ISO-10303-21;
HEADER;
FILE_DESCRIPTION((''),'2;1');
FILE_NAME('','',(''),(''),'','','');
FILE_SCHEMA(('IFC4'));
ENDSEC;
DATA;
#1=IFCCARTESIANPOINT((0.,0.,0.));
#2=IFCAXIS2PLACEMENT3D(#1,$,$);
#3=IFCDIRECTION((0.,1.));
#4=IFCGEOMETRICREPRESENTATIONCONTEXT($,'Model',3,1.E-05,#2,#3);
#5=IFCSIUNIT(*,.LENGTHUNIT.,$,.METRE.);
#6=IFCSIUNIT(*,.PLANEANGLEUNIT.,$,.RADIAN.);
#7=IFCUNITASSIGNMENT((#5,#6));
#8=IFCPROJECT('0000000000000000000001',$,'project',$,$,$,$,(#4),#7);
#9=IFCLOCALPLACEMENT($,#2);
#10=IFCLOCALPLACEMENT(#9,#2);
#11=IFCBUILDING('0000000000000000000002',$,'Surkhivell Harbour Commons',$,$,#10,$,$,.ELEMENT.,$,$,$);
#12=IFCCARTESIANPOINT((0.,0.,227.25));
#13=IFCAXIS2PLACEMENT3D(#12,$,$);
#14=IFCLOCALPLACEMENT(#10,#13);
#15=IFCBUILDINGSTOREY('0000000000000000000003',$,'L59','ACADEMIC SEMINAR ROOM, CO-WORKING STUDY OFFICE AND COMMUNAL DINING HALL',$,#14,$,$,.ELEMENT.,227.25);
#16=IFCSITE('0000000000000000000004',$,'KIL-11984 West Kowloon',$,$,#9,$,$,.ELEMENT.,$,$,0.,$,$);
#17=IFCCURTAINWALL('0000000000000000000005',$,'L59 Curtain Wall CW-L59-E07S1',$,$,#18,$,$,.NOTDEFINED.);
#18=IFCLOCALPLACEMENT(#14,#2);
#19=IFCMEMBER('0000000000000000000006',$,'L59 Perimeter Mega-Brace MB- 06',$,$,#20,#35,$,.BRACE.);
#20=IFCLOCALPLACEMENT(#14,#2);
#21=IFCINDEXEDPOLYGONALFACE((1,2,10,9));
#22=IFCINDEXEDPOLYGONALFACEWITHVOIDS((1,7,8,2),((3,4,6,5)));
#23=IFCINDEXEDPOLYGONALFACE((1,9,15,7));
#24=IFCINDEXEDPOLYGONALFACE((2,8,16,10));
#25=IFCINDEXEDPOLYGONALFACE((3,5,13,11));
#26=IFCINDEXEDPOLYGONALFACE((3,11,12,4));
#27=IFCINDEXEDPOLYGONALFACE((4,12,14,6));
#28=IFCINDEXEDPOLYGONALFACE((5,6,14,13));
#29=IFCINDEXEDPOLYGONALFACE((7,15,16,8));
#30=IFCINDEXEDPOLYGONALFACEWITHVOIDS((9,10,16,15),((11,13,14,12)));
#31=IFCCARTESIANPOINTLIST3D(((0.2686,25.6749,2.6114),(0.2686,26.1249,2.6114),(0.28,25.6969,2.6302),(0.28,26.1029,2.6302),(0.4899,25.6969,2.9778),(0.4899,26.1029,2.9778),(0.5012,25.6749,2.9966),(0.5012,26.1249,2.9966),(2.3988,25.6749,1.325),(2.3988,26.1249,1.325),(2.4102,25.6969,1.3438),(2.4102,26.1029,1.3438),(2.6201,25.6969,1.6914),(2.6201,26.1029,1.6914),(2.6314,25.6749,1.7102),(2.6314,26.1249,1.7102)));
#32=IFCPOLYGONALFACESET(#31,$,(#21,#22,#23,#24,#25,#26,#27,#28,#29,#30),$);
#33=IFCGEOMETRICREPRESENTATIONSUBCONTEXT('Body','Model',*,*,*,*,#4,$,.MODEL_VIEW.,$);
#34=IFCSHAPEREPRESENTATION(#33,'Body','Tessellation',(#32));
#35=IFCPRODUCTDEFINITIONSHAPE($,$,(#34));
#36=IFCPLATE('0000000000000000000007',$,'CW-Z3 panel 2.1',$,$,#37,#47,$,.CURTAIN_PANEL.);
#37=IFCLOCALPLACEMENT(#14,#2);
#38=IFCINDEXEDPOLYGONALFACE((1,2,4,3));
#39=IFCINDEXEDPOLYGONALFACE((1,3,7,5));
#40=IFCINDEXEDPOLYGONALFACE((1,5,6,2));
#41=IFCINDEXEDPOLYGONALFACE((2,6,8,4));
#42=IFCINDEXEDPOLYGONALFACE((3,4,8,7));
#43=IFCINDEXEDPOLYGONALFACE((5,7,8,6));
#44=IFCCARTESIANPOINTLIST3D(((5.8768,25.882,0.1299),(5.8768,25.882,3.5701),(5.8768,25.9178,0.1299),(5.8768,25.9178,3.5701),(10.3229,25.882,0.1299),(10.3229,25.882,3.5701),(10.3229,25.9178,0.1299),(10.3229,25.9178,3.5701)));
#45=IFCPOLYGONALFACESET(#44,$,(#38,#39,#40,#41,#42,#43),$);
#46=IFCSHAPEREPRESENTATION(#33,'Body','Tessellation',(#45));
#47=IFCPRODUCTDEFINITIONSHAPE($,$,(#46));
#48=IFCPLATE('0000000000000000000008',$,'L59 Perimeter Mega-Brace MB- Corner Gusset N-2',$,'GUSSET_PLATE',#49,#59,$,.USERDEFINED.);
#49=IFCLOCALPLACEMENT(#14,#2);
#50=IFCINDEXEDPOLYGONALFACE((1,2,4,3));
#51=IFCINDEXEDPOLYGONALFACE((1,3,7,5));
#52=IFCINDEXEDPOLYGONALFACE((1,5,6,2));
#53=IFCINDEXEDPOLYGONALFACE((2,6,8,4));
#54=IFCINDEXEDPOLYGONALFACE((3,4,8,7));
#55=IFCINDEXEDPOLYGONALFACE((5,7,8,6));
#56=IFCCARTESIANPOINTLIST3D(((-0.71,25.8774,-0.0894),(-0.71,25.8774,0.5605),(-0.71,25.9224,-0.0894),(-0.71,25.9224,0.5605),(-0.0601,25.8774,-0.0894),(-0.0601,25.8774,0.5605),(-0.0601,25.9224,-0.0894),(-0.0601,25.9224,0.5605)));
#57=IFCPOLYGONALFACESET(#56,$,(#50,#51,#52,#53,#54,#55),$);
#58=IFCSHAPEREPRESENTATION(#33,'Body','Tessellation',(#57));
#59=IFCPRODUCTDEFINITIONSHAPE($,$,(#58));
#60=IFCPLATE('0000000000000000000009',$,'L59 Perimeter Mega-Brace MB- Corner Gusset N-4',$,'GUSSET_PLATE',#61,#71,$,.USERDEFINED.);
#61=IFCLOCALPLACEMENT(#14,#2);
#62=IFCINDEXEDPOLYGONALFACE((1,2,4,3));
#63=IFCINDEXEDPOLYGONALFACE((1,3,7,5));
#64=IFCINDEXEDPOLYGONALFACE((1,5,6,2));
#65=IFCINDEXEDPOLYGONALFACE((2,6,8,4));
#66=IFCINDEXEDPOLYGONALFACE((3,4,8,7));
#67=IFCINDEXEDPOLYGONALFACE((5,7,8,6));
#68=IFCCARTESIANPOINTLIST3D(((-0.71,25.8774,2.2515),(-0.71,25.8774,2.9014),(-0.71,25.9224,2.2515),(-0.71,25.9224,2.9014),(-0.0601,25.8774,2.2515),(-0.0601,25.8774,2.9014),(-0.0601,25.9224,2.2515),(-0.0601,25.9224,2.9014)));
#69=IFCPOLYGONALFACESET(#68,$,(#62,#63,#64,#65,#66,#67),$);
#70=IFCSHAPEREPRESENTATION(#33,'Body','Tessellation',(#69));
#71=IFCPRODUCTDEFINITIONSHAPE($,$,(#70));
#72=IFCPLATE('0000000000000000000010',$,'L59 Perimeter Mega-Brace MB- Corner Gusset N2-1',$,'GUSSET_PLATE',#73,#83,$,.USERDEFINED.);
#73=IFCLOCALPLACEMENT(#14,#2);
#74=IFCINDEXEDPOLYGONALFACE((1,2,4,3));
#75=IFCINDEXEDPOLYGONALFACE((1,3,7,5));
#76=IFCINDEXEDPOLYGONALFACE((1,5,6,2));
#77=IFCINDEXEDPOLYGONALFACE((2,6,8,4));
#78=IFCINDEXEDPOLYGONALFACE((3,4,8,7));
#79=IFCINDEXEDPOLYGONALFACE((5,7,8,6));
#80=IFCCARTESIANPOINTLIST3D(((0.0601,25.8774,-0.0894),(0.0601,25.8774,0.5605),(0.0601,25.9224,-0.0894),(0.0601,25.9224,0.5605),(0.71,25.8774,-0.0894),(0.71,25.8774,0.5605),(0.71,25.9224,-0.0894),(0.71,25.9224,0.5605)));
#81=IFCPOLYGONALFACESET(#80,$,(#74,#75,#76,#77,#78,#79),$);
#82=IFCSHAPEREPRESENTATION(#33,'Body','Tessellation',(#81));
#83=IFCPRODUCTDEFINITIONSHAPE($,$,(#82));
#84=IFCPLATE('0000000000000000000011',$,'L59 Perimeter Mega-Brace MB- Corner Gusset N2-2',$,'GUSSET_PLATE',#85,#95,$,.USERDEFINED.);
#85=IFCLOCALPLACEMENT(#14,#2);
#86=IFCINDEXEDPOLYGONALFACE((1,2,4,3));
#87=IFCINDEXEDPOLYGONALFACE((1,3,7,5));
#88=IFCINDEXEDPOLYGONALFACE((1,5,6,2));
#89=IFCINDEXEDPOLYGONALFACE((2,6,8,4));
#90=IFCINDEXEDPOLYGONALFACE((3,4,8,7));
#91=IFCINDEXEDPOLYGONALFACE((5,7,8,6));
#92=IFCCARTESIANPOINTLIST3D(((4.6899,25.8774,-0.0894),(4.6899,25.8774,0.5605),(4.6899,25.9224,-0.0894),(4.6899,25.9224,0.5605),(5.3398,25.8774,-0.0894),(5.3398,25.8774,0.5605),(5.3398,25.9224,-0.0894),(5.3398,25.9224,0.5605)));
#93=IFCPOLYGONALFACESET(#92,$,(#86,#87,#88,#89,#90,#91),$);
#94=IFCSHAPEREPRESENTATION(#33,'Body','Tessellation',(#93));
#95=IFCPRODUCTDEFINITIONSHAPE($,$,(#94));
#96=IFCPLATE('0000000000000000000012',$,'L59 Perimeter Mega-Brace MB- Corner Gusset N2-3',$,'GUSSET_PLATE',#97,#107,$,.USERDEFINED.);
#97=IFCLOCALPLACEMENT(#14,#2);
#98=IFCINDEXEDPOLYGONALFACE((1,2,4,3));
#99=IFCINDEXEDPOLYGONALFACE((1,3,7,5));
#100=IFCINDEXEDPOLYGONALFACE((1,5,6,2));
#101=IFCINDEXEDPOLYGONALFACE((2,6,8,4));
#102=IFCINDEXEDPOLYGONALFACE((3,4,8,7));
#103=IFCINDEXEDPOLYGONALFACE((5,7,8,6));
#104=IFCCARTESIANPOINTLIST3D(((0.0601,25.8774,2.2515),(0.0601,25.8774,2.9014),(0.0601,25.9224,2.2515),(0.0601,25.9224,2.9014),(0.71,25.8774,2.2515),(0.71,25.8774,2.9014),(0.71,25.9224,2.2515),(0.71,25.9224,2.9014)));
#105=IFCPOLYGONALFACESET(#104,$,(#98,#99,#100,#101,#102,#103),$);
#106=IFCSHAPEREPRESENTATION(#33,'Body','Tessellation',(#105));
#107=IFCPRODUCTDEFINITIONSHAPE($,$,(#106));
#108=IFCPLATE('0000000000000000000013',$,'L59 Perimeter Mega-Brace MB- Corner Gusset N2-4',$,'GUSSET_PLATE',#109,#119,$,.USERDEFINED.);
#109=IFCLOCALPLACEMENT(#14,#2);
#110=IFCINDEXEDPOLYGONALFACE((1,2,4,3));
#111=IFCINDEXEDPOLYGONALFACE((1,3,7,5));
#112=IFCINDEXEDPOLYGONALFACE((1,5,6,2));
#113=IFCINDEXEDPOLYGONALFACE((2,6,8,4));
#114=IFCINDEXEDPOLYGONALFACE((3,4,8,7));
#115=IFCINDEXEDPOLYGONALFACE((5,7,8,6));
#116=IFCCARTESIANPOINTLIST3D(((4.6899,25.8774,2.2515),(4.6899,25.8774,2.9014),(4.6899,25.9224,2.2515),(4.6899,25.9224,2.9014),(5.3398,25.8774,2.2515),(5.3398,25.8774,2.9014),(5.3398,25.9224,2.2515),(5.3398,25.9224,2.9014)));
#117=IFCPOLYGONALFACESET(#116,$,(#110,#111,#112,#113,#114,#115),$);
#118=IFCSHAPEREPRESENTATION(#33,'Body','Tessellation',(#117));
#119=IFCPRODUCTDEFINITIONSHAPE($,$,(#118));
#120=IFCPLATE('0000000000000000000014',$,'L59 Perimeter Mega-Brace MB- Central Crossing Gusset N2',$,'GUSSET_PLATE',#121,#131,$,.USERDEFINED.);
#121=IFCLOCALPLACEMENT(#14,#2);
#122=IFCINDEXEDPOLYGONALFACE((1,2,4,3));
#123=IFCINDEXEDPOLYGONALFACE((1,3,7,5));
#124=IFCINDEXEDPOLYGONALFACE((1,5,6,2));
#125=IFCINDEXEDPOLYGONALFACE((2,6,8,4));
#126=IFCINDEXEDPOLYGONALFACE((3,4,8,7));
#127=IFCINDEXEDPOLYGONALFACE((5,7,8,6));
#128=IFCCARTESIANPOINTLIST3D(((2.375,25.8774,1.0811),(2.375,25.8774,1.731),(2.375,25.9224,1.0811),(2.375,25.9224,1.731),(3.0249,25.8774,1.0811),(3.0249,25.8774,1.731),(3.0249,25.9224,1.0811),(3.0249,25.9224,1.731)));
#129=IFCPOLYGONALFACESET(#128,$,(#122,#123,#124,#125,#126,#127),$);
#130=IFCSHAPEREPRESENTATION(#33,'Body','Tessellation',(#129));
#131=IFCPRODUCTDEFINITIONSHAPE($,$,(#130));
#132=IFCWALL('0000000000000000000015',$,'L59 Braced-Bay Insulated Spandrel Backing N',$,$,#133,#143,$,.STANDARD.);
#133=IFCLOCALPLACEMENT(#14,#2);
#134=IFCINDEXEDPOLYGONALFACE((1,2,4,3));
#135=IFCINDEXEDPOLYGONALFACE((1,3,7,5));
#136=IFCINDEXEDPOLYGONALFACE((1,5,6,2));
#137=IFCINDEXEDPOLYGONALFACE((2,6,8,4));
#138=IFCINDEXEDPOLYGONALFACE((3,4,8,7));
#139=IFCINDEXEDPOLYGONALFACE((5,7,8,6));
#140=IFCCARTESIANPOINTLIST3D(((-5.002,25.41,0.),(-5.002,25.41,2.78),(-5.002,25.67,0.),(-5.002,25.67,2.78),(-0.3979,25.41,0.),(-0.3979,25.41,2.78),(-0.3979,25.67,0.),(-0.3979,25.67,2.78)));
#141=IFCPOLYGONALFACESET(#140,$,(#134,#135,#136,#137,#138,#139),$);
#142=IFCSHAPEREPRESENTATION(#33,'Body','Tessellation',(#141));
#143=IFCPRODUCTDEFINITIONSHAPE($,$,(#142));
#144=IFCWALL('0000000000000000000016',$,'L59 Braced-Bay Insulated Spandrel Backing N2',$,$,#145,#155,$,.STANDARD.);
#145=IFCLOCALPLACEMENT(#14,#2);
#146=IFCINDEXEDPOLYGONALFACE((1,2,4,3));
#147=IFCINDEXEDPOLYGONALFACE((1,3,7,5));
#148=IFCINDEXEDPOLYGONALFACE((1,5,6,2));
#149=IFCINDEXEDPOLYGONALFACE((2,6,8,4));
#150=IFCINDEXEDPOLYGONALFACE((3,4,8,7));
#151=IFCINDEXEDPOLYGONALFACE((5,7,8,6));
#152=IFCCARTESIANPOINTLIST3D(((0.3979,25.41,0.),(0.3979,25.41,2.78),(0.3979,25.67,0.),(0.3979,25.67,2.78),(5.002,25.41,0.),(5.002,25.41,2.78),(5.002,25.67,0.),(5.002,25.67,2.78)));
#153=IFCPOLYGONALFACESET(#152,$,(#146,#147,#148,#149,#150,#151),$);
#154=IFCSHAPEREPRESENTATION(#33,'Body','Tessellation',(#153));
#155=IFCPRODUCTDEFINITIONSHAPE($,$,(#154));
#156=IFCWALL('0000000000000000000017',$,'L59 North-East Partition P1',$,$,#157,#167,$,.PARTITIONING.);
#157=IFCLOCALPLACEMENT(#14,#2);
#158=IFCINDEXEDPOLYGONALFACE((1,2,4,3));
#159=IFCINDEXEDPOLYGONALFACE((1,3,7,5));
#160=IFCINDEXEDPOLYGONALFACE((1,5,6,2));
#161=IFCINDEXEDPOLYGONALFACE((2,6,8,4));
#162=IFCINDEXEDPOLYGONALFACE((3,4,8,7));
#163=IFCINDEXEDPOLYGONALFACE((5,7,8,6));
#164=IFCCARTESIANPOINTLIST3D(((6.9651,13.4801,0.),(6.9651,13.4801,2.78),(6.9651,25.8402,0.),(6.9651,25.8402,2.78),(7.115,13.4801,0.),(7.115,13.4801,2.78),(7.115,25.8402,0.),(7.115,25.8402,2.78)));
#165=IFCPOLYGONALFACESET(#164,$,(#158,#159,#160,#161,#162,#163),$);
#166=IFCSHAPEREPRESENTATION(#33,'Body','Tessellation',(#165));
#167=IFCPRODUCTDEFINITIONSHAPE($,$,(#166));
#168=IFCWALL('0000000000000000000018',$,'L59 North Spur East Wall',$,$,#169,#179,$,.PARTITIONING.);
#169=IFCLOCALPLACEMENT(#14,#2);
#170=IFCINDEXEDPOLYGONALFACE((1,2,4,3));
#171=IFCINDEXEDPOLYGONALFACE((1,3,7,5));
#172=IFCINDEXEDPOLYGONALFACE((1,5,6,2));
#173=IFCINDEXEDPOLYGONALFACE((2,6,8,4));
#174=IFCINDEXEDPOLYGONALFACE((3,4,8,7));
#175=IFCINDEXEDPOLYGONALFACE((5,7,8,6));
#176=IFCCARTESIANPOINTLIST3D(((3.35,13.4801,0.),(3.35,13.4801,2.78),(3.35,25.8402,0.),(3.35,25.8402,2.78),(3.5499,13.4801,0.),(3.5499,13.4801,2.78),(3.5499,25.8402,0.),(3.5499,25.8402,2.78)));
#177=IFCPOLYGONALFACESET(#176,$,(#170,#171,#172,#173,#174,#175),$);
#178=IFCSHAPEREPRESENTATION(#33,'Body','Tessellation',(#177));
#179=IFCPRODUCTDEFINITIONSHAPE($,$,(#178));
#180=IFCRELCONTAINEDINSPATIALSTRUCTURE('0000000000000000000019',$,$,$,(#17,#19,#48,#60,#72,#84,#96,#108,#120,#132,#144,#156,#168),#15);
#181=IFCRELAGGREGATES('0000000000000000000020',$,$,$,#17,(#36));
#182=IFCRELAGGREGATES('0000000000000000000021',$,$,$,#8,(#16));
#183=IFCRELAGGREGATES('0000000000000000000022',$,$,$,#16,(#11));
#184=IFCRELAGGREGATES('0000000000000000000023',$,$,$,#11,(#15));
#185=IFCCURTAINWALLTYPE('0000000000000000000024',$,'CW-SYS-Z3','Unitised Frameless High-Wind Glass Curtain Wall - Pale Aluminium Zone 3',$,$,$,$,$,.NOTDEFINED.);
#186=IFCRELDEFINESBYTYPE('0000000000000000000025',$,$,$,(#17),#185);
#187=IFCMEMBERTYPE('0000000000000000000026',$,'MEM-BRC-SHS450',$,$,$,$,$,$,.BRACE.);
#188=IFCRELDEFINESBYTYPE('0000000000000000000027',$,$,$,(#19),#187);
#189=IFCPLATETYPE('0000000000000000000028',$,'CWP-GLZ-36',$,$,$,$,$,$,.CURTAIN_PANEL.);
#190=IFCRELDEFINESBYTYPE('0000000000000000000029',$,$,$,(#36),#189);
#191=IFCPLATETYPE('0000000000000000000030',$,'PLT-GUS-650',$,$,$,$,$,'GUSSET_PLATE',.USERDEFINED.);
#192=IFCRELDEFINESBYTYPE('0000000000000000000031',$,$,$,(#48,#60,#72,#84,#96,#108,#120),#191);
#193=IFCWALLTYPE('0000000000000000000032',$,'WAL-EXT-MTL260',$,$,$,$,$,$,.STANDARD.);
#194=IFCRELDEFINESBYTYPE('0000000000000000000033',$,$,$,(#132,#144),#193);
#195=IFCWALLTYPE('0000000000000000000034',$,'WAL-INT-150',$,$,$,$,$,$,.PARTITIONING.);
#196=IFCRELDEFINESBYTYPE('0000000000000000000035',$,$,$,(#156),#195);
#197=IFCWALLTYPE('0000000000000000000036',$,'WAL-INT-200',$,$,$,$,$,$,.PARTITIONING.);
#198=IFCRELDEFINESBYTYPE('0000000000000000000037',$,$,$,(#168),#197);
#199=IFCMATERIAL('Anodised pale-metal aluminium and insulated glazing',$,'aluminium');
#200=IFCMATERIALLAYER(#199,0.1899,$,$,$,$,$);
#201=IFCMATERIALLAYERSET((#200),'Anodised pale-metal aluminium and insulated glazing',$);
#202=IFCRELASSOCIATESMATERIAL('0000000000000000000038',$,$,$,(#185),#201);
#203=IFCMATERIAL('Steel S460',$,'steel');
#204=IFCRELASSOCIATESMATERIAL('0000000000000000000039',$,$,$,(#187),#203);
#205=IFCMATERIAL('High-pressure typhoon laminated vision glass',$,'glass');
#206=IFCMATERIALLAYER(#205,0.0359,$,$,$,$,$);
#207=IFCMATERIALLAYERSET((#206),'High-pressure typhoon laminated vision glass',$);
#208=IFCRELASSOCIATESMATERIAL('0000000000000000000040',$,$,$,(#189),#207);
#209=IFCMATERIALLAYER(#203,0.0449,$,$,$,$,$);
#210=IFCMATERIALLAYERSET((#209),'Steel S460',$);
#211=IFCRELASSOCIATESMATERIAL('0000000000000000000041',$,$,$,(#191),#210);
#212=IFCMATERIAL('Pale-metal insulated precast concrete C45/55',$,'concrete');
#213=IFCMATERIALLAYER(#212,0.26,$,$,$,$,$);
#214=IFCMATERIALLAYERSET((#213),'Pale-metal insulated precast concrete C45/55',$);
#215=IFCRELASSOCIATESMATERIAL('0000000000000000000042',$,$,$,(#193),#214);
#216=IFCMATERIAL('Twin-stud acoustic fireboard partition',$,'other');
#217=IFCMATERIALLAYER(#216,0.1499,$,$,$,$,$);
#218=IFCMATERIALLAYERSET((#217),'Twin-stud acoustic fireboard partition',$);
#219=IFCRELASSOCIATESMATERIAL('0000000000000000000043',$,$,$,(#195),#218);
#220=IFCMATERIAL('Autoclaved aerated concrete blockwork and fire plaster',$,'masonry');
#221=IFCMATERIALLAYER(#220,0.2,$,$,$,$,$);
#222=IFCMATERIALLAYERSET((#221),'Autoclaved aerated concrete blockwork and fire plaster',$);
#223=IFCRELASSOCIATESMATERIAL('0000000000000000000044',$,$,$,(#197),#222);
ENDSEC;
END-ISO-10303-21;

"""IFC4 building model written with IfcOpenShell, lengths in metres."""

from ifc_helpers import new_model, si_unit, direction, frame, frame_2d, origin, origin_2d, place, context, subcontext, project, spatial, rectangle, hollow_rectangle, extrude, material, layer, layer_set, material_profile, profile_set, type_object, element, aggregate, save


model = new_model("IFC4")

# Units and contexts
model_context = context("Model", 3, precision=1e-05, world=origin(), true_north=direction((0.0, 1.0)))
body_context = subcontext(model_context, "Body", "Model", "MODEL_VIEW")
ifc_project = project(units=[si_unit("LENGTHUNIT", "METRE"), si_unit("PLANEANGLEUNIT", "RADIAN")], contexts=[model_context])

# Site, building, storey
site_placement = place(None, origin())
site = spatial("IfcSite", under=ifc_project, at=site_placement, Name="KIL-11984 West Kowloon", CompositionType="ELEMENT", RefElevation=0.0)
building_placement = place(site_placement, origin())
building = spatial("IfcBuilding", under=site, at=building_placement, Name="Surkhivell Harbour Commons", CompositionType="ELEMENT")
storey_placement = place(building_placement, frame((0.0, 0.0, 227.25)))
storey = spatial("IfcBuildingStorey", under=building, at=storey_placement, Name="L59", Description="ACADEMIC SEMINAR ROOM, CO-WORKING STUDY OFFICE AND COMMUNAL DINING HALL", CompositionType="ELEMENT", Elevation=227.25)

# Curtain wall
ifc_material_1 = material(Name="Anodised pale-metal aluminium and insulated glazing", Category="aluminium")
ifc_layer_1 = layer(ifc_material_1, 0.1899)
ifc_layer_set_1 = layer_set([ifc_layer_1], Name="Anodised pale-metal aluminium and insulated glazing")
curtain_wall_type = type_object("IfcCurtainWallType", Name="CW-SYS-Z3", Description="Unitised Frameless High-Wind Glass Curtain Wall - Pale Aluminium Zone 3", PredefinedType="NOTDEFINED", material=ifc_layer_set_1)
curtain_wall_placement = place(storey_placement, origin())
curtain_wall = element("IfcCurtainWall", 1, at=curtain_wall_placement, inside=storey, type_object=curtain_wall_type, Name="L59 Curtain Wall CW-L59-E07S1", PredefinedType="NOTDEFINED")

# Member
ifc_material_2 = material(Name="Steel S460", Category="steel")
ifc_material_profile_1 = material_profile(ifc_material_2, hollow_rectangle(XDim=0.45, YDim=0.45, WallThickness=0.022, at=origin_2d()), Name="SHS450x450x22")
ifc_profile_set_1 = profile_set([ifc_material_profile_1], Name="Steel S460")
member_type_1 = type_object("IfcMemberType", Name="MEM-BRC-SHS450", PredefinedType="BRACE", material=ifc_profile_set_1)
member_1_placement = place(storey_placement, frame((2.5151, 25.8999, 1.5176), z_axis=(-0.856018, 0.0, 0.516946), x_axis=(0.0, -1.0, 0.0)))
element("IfcMember", 2, at=member_1_placement, inside=storey, type_object=member_type_1, Name="L59 Perimeter Mega-Brace MB- 06", PredefinedType="BRACE", context=body_context, shape_type="SweptSolid", body=[
    extrude(hollow_rectangle(XDim=0.45, YDim=0.45, WallThickness=0.022, at=origin_2d()), origin(), (0.0, 0.0, 1.0), 2.4885),
])

# Plate
ifc_material_3 = material(Name="High-pressure typhoon laminated vision glass", Category="glass")
ifc_layer_2 = layer(ifc_material_3, 0.0359)
ifc_layer_set_2 = layer_set([ifc_layer_2], Name="High-pressure typhoon laminated vision glass")
plate_type_1 = type_object("IfcPlateType", Name="CWP-GLZ-36", PredefinedType="CURTAIN_PANEL", material=ifc_layer_set_2)
plate_placement = place(storey_placement, frame((10.323, 25.8999, 0.1299), z_axis=(0.0, 0.0, 1.0), x_axis=(-1.0, 0.0, 0.0)))
plate = element("IfcPlate", 3, at=plate_placement, type_object=plate_type_1, Name="CW-Z3 panel 2.1", PredefinedType="CURTAIN_PANEL", context=body_context, shape_type="SweptSolid", body=[
    extrude(rectangle(XDim=4.446, YDim=0.0359, at=frame_2d((2.2231, 0.0))), origin(), (0.0, 0.0, 1.0), 3.4402),
])
aggregate(curtain_wall, [plate])

# Plates
ifc_layer_3 = layer(ifc_material_2, 0.0449)
ifc_layer_set_3 = layer_set([ifc_layer_3], Name="Steel S460")
plate_type_2 = type_object("IfcPlateType", Name="PLT-GUS-650", ElementType="GUSSET_PLATE", PredefinedType="USERDEFINED", material=ifc_layer_set_3)
for number, where, z_axis, x_axis, name in (
    (4, (-0.385, 25.8999, -0.0894), (0.0, 0.0, 1.0), (1.0, 0.0, 0.0), "L59 Perimeter Mega-Brace MB- Corner Gusset N-2"),
    (5, (-0.385, 25.8999, 2.2515), (0.0, 0.0, 1.0), (1.0, 0.0, 0.0), "L59 Perimeter Mega-Brace MB- Corner Gusset N-4"),
    (6, (0.385, 25.8999, -0.0894), (0.0, 0.0, 1.0), (1.0, 0.0, 0.0), "L59 Perimeter Mega-Brace MB- Corner Gusset N2-1"),
    (7, (5.0149, 25.8999, -0.0894), (0.0, 0.0, 1.0), (1.0, 0.0, 0.0), "L59 Perimeter Mega-Brace MB- Corner Gusset N2-2"),
    (8, (0.385, 25.8999, 2.2515), (0.0, 0.0, 1.0), (1.0, 0.0, 0.0), "L59 Perimeter Mega-Brace MB- Corner Gusset N2-3"),
    (9, (5.0149, 25.8999, 2.2515), (0.0, 0.0, 1.0), (1.0, 0.0, 0.0), "L59 Perimeter Mega-Brace MB- Corner Gusset N2-4"),
    (10, (2.7, 25.8999, 1.0811), (0.0, 0.0, 1.0), (1.0, 0.0, 0.0), "L59 Perimeter Mega-Brace MB- Central Crossing Gusset N2"),
):
    element("IfcPlate", number, at=place(storey_placement, frame(where, z_axis=z_axis, x_axis=x_axis)), inside=storey, type_object=plate_type_2, Name=name, ObjectType="GUSSET_PLATE", PredefinedType="USERDEFINED", context=body_context, shape_type="SweptSolid", body=[
        extrude(rectangle(XDim=0.6499, YDim=0.0449, at=origin_2d()), origin(), (0.0, 0.0, 1.0), 0.6499),
    ])

# Walls
ifc_material_4 = material(Name="Pale-metal insulated precast concrete C45/55", Category="concrete")
ifc_layer_4 = layer(ifc_material_4, 0.26)
ifc_layer_set_4 = layer_set([ifc_layer_4], Name="Pale-metal insulated precast concrete C45/55")
wall_type_1 = type_object("IfcWallType", Name="WAL-EXT-MTL260", PredefinedType="STANDARD", material=ifc_layer_set_4)
for number, where, z_axis, x_axis, name in (
    (11, (-0.3979, 25.54, 0.0), (0.0, 0.0, 1.0), (-1.0, 0.0, 0.0), "L59 Braced-Bay Insulated Spandrel Backing N"),
    (12, (5.002, 25.54, 0.0), (0.0, 0.0, 1.0), (-1.0, 0.0, 0.0), "L59 Braced-Bay Insulated Spandrel Backing N2"),
):
    element("IfcWall", number, at=place(storey_placement, frame(where, z_axis=z_axis, x_axis=x_axis)), inside=storey, type_object=wall_type_1, Name=name, PredefinedType="STANDARD", context=body_context, shape_type="SweptSolid", body=[
        extrude(rectangle(XDim=4.604, YDim=0.26, at=frame_2d((2.302, 0.0))), origin(), (0.0, 0.0, 1.0), 2.78),
    ])
ifc_material_5 = material(Name="Twin-stud acoustic fireboard partition", Category="other")
ifc_layer_5 = layer(ifc_material_5, 0.1499)
ifc_layer_set_5 = layer_set([ifc_layer_5], Name="Twin-stud acoustic fireboard partition")
wall_type_2 = type_object("IfcWallType", Name="WAL-INT-150", PredefinedType="PARTITIONING", material=ifc_layer_set_5)
wall_1_placement = place(storey_placement, frame((7.04, 13.48, 0.0), z_axis=(0.0, 0.0, 1.0), x_axis=(0.0, 1.0, 0.0)))
element("IfcWall", 13, at=wall_1_placement, inside=storey, type_object=wall_type_2, Name="L59 North-East Partition P1", PredefinedType="PARTITIONING", context=body_context, shape_type="SweptSolid", body=[
    extrude(rectangle(XDim=12.3601, YDim=0.1499, at=frame_2d((6.1802, 0.0))), origin(), (0.0, 0.0, 1.0), 2.78),
])
ifc_material_6 = material(Name="Autoclaved aerated concrete blockwork and fire plaster", Category="masonry")
ifc_layer_6 = layer(ifc_material_6, 0.2)
ifc_layer_set_6 = layer_set([ifc_layer_6], Name="Autoclaved aerated concrete blockwork and fire plaster")
wall_type_3 = type_object("IfcWallType", Name="WAL-INT-200", PredefinedType="PARTITIONING", material=ifc_layer_set_6)
wall_2_placement = place(storey_placement, frame((3.45, 13.48, 0.0), z_axis=(0.0, 0.0, 1.0), x_axis=(0.0, 1.0, 0.0)))
element("IfcWall", 14, at=wall_2_placement, inside=storey, type_object=wall_type_3, Name="L59 North Spur East Wall", PredefinedType="PARTITIONING", context=body_context, shape_type="SweptSolid", body=[
    extrude(rectangle(XDim=12.3601, YDim=0.2, at=frame_2d((6.1802, 0.0))), origin(), (0.0, 0.0, 1.0), 2.78),
])

save(model, "model.ifc")
